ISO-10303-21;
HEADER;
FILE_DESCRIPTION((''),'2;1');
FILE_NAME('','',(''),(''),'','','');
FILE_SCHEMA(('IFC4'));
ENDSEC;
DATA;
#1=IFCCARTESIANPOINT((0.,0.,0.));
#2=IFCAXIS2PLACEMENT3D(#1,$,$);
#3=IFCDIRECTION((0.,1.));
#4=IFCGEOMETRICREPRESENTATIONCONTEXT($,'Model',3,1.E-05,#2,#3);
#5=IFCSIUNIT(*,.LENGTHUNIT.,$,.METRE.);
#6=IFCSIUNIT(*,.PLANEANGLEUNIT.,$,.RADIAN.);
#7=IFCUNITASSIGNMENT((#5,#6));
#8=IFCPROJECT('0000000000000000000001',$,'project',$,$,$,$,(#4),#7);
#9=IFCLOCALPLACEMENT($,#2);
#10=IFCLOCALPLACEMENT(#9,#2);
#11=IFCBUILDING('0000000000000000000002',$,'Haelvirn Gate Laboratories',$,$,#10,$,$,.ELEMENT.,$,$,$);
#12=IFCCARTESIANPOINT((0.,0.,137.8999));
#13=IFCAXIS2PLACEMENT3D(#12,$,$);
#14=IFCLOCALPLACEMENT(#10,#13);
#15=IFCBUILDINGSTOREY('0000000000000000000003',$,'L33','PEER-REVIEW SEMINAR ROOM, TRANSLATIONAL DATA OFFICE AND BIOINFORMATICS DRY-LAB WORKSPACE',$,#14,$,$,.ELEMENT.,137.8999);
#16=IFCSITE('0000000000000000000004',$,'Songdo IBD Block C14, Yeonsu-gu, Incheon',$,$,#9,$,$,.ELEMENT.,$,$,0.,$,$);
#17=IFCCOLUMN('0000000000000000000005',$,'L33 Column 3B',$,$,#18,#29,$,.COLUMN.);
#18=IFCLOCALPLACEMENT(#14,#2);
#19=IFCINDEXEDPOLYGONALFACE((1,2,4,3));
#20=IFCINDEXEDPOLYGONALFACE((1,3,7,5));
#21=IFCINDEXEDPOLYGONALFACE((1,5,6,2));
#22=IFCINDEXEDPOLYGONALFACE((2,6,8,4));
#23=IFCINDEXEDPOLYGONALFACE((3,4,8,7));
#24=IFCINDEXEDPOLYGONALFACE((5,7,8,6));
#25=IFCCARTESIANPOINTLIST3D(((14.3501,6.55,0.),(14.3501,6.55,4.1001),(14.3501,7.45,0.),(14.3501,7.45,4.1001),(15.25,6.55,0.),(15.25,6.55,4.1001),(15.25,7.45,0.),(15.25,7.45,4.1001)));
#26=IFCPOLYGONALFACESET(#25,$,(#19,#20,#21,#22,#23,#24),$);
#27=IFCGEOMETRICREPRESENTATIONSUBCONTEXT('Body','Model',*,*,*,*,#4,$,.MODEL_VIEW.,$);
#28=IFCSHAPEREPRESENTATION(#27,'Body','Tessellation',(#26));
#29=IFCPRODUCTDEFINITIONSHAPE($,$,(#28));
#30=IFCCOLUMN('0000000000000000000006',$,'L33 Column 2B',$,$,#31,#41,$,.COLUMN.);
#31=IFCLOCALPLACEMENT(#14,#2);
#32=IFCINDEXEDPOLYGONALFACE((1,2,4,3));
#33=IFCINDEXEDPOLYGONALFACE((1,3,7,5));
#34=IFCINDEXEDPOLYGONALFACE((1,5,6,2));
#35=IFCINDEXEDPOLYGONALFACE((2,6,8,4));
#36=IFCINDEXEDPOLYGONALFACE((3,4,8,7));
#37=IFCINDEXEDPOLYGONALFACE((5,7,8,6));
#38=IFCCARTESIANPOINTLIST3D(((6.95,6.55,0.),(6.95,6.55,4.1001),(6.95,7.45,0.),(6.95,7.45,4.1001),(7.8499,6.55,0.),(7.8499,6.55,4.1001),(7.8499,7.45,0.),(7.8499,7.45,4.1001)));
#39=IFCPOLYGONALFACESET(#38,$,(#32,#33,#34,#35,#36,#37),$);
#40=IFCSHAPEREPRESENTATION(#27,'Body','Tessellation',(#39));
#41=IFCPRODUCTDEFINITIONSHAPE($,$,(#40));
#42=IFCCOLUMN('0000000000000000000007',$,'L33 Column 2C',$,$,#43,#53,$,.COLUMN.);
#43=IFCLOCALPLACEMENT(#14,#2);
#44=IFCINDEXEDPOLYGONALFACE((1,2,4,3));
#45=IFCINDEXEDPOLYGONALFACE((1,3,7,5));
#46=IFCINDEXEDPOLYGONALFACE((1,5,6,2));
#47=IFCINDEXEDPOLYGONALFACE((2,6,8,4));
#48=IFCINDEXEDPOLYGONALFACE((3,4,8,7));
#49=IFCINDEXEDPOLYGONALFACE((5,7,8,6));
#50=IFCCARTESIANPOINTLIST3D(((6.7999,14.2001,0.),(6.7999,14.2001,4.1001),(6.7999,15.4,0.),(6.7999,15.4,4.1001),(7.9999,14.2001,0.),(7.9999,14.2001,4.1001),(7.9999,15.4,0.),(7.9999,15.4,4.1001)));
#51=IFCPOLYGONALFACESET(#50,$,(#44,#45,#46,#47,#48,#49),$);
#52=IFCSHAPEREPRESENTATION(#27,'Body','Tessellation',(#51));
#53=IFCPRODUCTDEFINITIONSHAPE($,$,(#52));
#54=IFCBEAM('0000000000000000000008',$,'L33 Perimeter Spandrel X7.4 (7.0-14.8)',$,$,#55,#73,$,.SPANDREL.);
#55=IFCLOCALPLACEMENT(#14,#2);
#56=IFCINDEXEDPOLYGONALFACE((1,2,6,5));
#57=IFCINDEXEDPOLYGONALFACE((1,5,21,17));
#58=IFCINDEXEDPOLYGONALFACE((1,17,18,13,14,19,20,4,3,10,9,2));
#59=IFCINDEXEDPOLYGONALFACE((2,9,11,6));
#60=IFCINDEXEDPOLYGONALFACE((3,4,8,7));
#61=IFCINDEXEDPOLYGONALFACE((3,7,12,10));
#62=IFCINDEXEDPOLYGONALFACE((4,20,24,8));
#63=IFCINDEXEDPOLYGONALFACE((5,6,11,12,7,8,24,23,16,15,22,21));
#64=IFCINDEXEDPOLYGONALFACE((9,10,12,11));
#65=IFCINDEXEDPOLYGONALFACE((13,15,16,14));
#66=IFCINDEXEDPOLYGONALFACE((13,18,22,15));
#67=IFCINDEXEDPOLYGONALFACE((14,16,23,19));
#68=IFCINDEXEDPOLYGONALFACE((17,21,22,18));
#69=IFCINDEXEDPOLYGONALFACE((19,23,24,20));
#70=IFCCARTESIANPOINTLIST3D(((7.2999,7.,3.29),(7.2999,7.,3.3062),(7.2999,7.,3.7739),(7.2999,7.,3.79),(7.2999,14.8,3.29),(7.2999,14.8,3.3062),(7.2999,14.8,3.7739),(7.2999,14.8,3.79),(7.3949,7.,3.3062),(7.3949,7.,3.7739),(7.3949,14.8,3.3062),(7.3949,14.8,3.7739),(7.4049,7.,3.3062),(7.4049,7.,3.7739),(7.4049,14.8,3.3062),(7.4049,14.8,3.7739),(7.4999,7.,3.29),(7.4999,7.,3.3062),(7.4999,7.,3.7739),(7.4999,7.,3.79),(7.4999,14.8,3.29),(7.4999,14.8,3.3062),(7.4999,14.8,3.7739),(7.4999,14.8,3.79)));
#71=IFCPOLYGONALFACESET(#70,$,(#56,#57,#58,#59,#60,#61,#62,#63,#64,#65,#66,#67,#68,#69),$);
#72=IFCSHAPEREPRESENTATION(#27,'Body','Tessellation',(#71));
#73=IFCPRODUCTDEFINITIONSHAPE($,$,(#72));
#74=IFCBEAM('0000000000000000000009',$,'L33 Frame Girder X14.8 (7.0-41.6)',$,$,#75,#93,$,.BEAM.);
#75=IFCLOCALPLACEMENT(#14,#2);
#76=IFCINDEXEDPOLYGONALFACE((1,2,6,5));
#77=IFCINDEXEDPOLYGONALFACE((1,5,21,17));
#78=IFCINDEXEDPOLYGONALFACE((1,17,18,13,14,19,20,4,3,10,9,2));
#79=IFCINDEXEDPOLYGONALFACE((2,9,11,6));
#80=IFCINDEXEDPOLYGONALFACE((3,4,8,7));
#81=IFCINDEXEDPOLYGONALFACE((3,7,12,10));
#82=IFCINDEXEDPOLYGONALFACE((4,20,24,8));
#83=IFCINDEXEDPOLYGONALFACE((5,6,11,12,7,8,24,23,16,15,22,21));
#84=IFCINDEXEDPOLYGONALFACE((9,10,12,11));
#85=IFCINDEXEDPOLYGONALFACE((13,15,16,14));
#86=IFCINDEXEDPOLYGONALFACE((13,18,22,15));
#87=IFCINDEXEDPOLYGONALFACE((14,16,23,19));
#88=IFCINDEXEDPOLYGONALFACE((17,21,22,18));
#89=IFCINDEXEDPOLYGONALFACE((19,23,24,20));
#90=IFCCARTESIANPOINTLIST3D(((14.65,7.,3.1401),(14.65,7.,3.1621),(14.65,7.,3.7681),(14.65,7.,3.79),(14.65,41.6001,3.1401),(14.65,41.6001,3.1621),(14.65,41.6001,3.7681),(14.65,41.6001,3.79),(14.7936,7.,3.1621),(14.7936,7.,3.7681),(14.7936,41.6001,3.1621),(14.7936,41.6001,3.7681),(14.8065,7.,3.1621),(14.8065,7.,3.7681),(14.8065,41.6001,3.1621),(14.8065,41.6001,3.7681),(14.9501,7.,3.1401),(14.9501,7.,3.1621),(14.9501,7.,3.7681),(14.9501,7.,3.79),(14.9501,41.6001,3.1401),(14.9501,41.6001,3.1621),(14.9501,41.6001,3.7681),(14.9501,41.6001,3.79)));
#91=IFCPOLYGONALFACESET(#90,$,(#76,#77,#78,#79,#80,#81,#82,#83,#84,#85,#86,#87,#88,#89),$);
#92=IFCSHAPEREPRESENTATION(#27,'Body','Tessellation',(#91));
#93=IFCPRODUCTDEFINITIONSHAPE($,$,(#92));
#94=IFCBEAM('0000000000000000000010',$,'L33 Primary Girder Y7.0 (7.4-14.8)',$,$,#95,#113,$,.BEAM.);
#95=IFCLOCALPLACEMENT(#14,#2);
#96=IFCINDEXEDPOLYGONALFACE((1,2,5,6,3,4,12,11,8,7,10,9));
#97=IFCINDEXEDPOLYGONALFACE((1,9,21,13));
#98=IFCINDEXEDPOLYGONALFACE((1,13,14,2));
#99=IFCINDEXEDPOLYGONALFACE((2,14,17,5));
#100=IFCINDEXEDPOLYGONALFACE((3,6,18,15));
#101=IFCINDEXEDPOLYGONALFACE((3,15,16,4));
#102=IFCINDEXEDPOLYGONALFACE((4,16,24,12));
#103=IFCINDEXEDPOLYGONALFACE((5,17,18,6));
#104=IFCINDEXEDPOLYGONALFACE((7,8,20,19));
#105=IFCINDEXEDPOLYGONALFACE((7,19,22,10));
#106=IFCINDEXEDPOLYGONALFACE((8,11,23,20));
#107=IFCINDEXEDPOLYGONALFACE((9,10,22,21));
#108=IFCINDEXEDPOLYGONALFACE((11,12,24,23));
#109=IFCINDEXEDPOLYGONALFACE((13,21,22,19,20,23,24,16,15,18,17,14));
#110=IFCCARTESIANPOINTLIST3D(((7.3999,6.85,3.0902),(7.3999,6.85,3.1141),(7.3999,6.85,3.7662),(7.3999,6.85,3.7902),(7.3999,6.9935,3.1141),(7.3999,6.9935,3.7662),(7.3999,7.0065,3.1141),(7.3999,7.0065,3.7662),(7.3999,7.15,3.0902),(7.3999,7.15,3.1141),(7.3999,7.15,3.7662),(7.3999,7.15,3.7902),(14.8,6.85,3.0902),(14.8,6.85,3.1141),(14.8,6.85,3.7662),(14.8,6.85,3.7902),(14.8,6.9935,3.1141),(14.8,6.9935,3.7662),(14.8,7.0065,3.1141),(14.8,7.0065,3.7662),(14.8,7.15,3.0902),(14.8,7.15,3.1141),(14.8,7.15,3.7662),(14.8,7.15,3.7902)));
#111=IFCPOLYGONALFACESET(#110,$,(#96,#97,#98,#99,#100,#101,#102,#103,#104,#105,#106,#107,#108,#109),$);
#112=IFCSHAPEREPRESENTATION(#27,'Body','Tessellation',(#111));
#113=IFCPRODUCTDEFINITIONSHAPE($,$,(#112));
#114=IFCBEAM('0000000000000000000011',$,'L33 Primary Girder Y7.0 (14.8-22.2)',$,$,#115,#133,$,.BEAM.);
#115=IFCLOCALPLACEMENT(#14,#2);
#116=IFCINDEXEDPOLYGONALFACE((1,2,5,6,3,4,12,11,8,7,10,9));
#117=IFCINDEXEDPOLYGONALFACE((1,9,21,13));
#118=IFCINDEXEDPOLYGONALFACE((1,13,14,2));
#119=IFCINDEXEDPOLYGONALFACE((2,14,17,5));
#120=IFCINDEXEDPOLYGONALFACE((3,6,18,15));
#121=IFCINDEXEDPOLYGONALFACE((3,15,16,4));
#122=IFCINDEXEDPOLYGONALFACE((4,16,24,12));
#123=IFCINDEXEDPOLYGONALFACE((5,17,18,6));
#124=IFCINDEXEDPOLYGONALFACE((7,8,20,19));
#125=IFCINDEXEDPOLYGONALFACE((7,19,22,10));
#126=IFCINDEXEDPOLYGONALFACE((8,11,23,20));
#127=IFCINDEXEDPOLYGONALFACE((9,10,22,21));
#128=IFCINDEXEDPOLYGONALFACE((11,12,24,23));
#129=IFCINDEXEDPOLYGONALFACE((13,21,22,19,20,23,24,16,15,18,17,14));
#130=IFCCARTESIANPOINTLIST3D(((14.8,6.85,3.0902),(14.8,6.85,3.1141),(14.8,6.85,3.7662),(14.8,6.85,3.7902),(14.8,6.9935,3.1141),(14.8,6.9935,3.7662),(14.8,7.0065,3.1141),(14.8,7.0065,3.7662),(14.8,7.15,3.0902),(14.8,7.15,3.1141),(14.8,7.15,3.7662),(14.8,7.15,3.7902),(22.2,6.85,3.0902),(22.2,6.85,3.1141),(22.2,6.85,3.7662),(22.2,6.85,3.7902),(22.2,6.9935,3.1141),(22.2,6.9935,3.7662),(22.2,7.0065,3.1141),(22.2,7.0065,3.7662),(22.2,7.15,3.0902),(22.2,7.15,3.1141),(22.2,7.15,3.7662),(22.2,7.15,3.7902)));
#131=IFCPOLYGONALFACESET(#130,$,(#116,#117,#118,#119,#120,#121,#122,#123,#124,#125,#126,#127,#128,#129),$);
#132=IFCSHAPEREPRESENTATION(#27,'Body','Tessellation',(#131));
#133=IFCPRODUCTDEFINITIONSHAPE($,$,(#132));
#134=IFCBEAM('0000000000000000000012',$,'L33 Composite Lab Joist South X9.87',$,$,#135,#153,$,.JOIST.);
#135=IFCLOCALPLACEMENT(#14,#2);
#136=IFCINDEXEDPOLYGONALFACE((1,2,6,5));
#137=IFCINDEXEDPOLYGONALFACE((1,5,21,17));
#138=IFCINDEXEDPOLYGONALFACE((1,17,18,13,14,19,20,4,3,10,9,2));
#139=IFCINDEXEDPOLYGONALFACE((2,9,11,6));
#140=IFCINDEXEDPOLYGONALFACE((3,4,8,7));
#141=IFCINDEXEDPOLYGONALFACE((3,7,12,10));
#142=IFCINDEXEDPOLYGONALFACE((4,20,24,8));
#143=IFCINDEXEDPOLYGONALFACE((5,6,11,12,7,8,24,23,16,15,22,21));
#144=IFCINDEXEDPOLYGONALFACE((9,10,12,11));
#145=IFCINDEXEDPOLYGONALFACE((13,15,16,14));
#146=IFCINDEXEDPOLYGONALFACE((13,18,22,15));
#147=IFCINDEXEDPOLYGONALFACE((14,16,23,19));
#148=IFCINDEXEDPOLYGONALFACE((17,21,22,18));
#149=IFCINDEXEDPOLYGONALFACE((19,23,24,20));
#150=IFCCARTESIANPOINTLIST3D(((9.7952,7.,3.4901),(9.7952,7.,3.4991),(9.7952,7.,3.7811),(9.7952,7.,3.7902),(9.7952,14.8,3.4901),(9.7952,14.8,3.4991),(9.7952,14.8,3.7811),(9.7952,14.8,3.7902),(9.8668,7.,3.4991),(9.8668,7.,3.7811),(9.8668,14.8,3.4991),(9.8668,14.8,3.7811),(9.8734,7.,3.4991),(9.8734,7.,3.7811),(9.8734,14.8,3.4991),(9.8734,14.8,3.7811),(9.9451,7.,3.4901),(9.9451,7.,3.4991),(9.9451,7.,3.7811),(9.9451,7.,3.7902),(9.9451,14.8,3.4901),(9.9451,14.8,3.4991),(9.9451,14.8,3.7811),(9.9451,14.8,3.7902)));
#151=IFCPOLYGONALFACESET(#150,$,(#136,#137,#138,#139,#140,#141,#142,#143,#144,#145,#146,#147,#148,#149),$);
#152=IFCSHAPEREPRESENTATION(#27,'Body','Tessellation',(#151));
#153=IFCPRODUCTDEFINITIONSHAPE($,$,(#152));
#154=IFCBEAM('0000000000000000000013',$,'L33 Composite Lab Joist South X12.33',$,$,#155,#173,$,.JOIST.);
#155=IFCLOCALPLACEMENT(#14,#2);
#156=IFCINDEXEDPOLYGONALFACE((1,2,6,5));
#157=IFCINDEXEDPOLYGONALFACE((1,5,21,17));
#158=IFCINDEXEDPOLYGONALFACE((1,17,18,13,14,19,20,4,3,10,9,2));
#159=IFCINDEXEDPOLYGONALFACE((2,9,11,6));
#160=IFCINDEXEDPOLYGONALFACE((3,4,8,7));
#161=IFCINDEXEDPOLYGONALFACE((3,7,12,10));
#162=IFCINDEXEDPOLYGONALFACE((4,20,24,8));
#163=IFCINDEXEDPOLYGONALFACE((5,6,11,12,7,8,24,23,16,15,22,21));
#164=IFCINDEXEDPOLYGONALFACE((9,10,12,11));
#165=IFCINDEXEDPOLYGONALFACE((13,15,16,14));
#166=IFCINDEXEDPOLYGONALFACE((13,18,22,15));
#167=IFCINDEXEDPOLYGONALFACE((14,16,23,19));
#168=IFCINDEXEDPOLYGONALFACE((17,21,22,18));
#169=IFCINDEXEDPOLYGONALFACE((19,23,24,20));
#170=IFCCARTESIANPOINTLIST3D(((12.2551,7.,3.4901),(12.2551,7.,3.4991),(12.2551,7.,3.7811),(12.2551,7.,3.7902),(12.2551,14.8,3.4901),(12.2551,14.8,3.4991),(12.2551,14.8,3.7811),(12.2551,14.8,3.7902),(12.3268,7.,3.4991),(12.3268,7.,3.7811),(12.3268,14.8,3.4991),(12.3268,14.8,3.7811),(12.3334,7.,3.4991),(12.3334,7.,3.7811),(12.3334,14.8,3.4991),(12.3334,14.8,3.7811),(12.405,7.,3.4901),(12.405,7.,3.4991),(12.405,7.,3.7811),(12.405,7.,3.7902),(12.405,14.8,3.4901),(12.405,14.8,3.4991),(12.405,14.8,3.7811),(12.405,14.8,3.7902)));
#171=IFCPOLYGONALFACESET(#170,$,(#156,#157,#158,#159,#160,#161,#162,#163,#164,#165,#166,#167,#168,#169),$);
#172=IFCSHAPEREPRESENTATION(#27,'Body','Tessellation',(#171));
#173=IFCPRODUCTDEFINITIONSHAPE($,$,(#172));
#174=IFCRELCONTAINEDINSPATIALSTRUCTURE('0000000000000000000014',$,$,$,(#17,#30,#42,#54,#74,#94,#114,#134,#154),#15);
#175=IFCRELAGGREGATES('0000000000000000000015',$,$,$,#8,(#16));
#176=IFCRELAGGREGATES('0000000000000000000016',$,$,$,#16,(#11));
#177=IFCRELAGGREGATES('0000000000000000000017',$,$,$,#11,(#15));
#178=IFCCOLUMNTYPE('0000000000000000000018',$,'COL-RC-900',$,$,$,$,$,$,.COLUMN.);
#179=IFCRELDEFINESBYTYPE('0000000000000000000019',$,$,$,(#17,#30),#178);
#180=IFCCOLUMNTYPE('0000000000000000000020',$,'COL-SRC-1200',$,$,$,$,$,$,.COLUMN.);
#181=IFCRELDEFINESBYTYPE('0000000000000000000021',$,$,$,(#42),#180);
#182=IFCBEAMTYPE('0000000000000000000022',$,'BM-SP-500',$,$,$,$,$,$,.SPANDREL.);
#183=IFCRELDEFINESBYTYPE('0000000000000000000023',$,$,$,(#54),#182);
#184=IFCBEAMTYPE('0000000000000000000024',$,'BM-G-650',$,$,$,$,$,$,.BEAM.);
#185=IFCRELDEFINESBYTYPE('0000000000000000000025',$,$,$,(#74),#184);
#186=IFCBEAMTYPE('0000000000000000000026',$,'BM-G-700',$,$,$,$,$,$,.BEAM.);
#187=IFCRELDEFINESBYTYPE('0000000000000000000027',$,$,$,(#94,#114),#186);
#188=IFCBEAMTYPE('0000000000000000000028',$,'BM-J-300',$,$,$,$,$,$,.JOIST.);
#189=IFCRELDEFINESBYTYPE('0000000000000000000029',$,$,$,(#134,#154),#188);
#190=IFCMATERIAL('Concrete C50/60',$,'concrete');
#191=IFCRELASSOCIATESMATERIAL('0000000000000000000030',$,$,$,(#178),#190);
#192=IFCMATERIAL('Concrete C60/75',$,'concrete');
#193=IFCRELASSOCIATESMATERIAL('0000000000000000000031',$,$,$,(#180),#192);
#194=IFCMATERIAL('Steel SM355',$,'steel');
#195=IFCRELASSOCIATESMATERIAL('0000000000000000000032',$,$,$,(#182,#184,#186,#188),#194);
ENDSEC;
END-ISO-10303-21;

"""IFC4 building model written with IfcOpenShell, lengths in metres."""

from ifc_helpers import new_model, si_unit, direction, frame, origin, origin_2d, place, context, subcontext, project, spatial, rectangle, i_section, extrude, source, transform, mapped, material, material_profile, profile_set, type_object, type_shapes, element, save


model = new_model("IFC4")

# Units and contexts
model_context = context("Model", 3, precision=1e-05, world=origin(), true_north=direction((0.0, 1.0)))
body_context = subcontext(model_context, "Body", "Model", "MODEL_VIEW")
ifc_project = project(units=[si_unit("LENGTHUNIT", "METRE"), si_unit("PLANEANGLEUNIT", "RADIAN")], contexts=[model_context])

# Site, building, storey
site_placement = place(None, origin())
site = spatial("IfcSite", under=ifc_project, at=site_placement, Name="Songdo IBD Block C14, Yeonsu-gu, Incheon", CompositionType="ELEMENT", RefElevation=0.0)
building_placement = place(site_placement, origin())
building = spatial("IfcBuilding", under=site, at=building_placement, Name="Haelvirn Gate Laboratories", CompositionType="ELEMENT")
storey_placement = place(building_placement, frame((0.0, 0.0, 137.8999)))
storey = spatial("IfcBuildingStorey", under=building, at=storey_placement, Name="L33", Description="PEER-REVIEW SEMINAR ROOM, TRANSLATIONAL DATA OFFICE AND BIOINFORMATICS DRY-LAB WORKSPACE", CompositionType="ELEMENT", Elevation=137.8999)

# Columns
ifc_material_1 = material(Name="Concrete C50/60", Category="concrete")
ifc_material_profile_1 = material_profile(ifc_material_1, rectangle(XDim=0.8999, YDim=0.8999, at=origin_2d()), Name="RC-900x900")
ifc_profile_set_1 = profile_set([ifc_material_profile_1], Name="Concrete C50/60")
column_type_1 = type_object("IfcColumnType", Name="COL-RC-900", PredefinedType="COLUMN", material=ifc_profile_set_1)
shared_shape_1 = source(origin(), body_context, "Body", "SweptSolid", [
    extrude(rectangle(XDim=0.8999, YDim=0.8999, at=origin_2d()), origin(), (0.0, 0.0, 1.0), 4.1001),
])
type_shapes(column_type_1, [shared_shape_1])
for number, where, z_axis, x_axis, name in (
    (1, (14.8, 7.0, 0.0), (0.0, 0.0, 1.0), (1.0, 0.0, 0.0), "L33 Column 3B"),
    (2, (7.3999, 7.0, 0.0), (0.0, 0.0, 1.0), (1.0, 0.0, 0.0), "L33 Column 2B"),
):
    element("IfcColumn", number, at=place(storey_placement, frame(where, z_axis=z_axis, x_axis=x_axis)), inside=storey, type_object=column_type_1, Name=name, PredefinedType="COLUMN", context=body_context, shape_type="MappedRepresentation", body=[
        mapped(shared_shape_1, transform((0.0, 0.0, 0.0), scale=1.0)),
    ])
ifc_material_2 = material(Name="Concrete C60/75", Category="concrete")
ifc_material_profile_2 = material_profile(ifc_material_2, rectangle(XDim=1.2, YDim=1.2, at=origin_2d()), Name="SRC-1200x1200")
ifc_profile_set_2 = profile_set([ifc_material_profile_2], Name="Concrete C60/75")
column_type_2 = type_object("IfcColumnType", Name="COL-SRC-1200", PredefinedType="COLUMN", material=ifc_profile_set_2)
shared_shape_2 = source(origin(), body_context, "Body", "SweptSolid", [
    extrude(rectangle(XDim=1.2, YDim=1.2, at=origin_2d()), origin(), (0.0, 0.0, 1.0), 4.1001),
])
type_shapes(column_type_2, [shared_shape_2])
column_placement = place(storey_placement, frame((7.3999, 14.8, 0.0), z_axis=(0.0, 0.0, 1.0), x_axis=(1.0, 0.0, 0.0)))
element("IfcColumn", 3, at=column_placement, inside=storey, type_object=column_type_2, Name="L33 Column 2C", PredefinedType="COLUMN", context=body_context, shape_type="MappedRepresentation", body=[
    mapped(shared_shape_2, transform((0.0, 0.0, 0.0), scale=1.0)),
])

# Beams
ifc_material_3 = material(Name="Steel SM355", Category="steel")
ifc_material_profile_3 = material_profile(ifc_material_3, i_section(OverallWidth=0.2, OverallDepth=0.5, WebThickness=0.01, FlangeThickness=0.0161, at=origin_2d()), Name="H-500x200x10x16")
ifc_profile_set_3 = profile_set([ifc_material_profile_3], Name="Steel SM355")
beam_type_1 = type_object("IfcBeamType", Name="BM-SP-500", PredefinedType="SPANDREL", material=ifc_profile_set_3)
shared_shape_3 = source(origin(), body_context, "Body", "SweptSolid", [
    extrude(i_section(OverallWidth=0.2, OverallDepth=0.5, WebThickness=0.01, FlangeThickness=0.0161, at=origin_2d()), origin(), (0.0, 0.0, 1.0), 7.8),
])
type_shapes(beam_type_1, [shared_shape_3])
beam_1_placement = place(storey_placement, frame((7.3999, 7.0, 3.54), z_axis=(0.0, 1.0, 0.0), x_axis=(-1.0, 0.0, 0.0)))
element("IfcBeam", 4, at=beam_1_placement, inside=storey, type_object=beam_type_1, Name="L33 Perimeter Spandrel X7.4 (7.0-14.8)", PredefinedType="SPANDREL", context=body_context, shape_type="MappedRepresentation", body=[
    mapped(shared_shape_3, transform((0.0, 0.0, 0.0), scale=1.0)),
])
ifc_material_profile_4 = material_profile(ifc_material_3, i_section(OverallWidth=0.3, OverallDepth=0.6499, WebThickness=0.0129, FlangeThickness=0.022, at=origin_2d()), Name="H-650x300x13x22")
ifc_profile_set_4 = profile_set([ifc_material_profile_4], Name="Steel SM355")
beam_type_2 = type_object("IfcBeamType", Name="BM-G-650", PredefinedType="BEAM", material=ifc_profile_set_4)
shared_shape_4 = source(origin(), body_context, "Body", "SweptSolid", [
    extrude(i_section(OverallWidth=0.3, OverallDepth=0.6499, WebThickness=0.0129, FlangeThickness=0.022, at=origin_2d()), origin(), (0.0, 0.0, 1.0), 34.6001),
])
type_shapes(beam_type_2, [shared_shape_4])
beam_2_placement = place(storey_placement, frame((14.8, 7.0, 3.4651), z_axis=(0.0, 1.0, 0.0), x_axis=(-1.0, 0.0, 0.0)))
element("IfcBeam", 5, at=beam_2_placement, inside=storey, type_object=beam_type_2, Name="L33 Frame Girder X14.8 (7.0-41.6)", PredefinedType="BEAM", context=body_context, shape_type="MappedRepresentation", body=[
    mapped(shared_shape_4, transform((0.0, 0.0, 0.0), scale=1.0)),
])
ifc_material_profile_5 = material_profile(ifc_material_3, i_section(OverallWidth=0.3, OverallDepth=0.7, WebThickness=0.0129, FlangeThickness=0.0239, at=origin_2d()), Name="H-700x300x13x24")
ifc_profile_set_5 = profile_set([ifc_material_profile_5], Name="Steel SM355")
beam_type_3 = type_object("IfcBeamType", Name="BM-G-700", PredefinedType="BEAM", material=ifc_profile_set_5)
shared_shape_5 = source(origin(), body_context, "Body", "SweptSolid", [
    extrude(i_section(OverallWidth=0.3, OverallDepth=0.7, WebThickness=0.0129, FlangeThickness=0.0239, at=origin_2d()), origin(), (0.0, 0.0, 1.0), 7.4001),
])
beam_3_placement = place(storey_placement, frame((7.3999, 7.0, 3.4402), z_axis=(1.0, 0.0, 0.0), x_axis=(0.0, 1.0, 0.0)))
element("IfcBeam", 6, at=beam_3_placement, inside=storey, type_object=beam_type_3, Name="L33 Primary Girder Y7.0 (7.4-14.8)", PredefinedType="BEAM", context=body_context, shape_type="MappedRepresentation", body=[
    mapped(shared_shape_5, transform((0.0, 0.0, 0.0), scale=1.0)),
])
shared_shape_6 = source(origin(), body_context, "Body", "SweptSolid", [
    extrude(i_section(OverallWidth=0.3, OverallDepth=0.7, WebThickness=0.0129, FlangeThickness=0.0239, at=origin_2d()), origin(), (0.0, 0.0, 1.0), 7.3999),
])
type_shapes(beam_type_3, [shared_shape_5, shared_shape_6])
beam_4_placement = place(storey_placement, frame((14.8, 7.0, 3.4402), z_axis=(1.0, 0.0, 0.0), x_axis=(0.0, 1.0, 0.0)))
element("IfcBeam", 7, at=beam_4_placement, inside=storey, type_object=beam_type_3, Name="L33 Primary Girder Y7.0 (14.8-22.2)", PredefinedType="BEAM", context=body_context, shape_type="MappedRepresentation", body=[
    mapped(shared_shape_6, transform((0.0, 0.0, 0.0), scale=1.0)),
])
ifc_material_profile_6 = material_profile(ifc_material_3, i_section(OverallWidth=0.1499, OverallDepth=0.3, WebThickness=0.0066, FlangeThickness=0.009, at=origin_2d()), Name="H-300x150x6.5x9")
ifc_profile_set_6 = profile_set([ifc_material_profile_6], Name="Steel SM355")
beam_type_4 = type_object("IfcBeamType", Name="BM-J-300", PredefinedType="JOIST", material=ifc_profile_set_6)
shared_shape_7 = source(origin(), body_context, "Body", "SweptSolid", [
    extrude(i_section(OverallWidth=0.1499, OverallDepth=0.3, WebThickness=0.0066, FlangeThickness=0.009, at=origin_2d()), origin(), (0.0, 0.0, 1.0), 7.8),
])
type_shapes(beam_type_4, [shared_shape_7])
for number, where, z_axis, x_axis, name in (
    (8, (9.8701, 7.0, 3.6401), (0.0, 1.0, 0.0), (-1.0, 0.0, 0.0), "L33 Composite Lab Joist South X9.87"),
    (9, (12.3301, 7.0, 3.6401), (0.0, 1.0, 0.0), (-1.0, 0.0, 0.0), "L33 Composite Lab Joist South X12.33"),
):
    element("IfcBeam", number, at=place(storey_placement, frame(where, z_axis=z_axis, x_axis=x_axis)), inside=storey, type_object=beam_type_4, Name=name, PredefinedType="JOIST", context=body_context, shape_type="MappedRepresentation", body=[
        mapped(shared_shape_7, transform((0.0, 0.0, 0.0), scale=1.0)),
    ])

save(model, "model.ifc")
